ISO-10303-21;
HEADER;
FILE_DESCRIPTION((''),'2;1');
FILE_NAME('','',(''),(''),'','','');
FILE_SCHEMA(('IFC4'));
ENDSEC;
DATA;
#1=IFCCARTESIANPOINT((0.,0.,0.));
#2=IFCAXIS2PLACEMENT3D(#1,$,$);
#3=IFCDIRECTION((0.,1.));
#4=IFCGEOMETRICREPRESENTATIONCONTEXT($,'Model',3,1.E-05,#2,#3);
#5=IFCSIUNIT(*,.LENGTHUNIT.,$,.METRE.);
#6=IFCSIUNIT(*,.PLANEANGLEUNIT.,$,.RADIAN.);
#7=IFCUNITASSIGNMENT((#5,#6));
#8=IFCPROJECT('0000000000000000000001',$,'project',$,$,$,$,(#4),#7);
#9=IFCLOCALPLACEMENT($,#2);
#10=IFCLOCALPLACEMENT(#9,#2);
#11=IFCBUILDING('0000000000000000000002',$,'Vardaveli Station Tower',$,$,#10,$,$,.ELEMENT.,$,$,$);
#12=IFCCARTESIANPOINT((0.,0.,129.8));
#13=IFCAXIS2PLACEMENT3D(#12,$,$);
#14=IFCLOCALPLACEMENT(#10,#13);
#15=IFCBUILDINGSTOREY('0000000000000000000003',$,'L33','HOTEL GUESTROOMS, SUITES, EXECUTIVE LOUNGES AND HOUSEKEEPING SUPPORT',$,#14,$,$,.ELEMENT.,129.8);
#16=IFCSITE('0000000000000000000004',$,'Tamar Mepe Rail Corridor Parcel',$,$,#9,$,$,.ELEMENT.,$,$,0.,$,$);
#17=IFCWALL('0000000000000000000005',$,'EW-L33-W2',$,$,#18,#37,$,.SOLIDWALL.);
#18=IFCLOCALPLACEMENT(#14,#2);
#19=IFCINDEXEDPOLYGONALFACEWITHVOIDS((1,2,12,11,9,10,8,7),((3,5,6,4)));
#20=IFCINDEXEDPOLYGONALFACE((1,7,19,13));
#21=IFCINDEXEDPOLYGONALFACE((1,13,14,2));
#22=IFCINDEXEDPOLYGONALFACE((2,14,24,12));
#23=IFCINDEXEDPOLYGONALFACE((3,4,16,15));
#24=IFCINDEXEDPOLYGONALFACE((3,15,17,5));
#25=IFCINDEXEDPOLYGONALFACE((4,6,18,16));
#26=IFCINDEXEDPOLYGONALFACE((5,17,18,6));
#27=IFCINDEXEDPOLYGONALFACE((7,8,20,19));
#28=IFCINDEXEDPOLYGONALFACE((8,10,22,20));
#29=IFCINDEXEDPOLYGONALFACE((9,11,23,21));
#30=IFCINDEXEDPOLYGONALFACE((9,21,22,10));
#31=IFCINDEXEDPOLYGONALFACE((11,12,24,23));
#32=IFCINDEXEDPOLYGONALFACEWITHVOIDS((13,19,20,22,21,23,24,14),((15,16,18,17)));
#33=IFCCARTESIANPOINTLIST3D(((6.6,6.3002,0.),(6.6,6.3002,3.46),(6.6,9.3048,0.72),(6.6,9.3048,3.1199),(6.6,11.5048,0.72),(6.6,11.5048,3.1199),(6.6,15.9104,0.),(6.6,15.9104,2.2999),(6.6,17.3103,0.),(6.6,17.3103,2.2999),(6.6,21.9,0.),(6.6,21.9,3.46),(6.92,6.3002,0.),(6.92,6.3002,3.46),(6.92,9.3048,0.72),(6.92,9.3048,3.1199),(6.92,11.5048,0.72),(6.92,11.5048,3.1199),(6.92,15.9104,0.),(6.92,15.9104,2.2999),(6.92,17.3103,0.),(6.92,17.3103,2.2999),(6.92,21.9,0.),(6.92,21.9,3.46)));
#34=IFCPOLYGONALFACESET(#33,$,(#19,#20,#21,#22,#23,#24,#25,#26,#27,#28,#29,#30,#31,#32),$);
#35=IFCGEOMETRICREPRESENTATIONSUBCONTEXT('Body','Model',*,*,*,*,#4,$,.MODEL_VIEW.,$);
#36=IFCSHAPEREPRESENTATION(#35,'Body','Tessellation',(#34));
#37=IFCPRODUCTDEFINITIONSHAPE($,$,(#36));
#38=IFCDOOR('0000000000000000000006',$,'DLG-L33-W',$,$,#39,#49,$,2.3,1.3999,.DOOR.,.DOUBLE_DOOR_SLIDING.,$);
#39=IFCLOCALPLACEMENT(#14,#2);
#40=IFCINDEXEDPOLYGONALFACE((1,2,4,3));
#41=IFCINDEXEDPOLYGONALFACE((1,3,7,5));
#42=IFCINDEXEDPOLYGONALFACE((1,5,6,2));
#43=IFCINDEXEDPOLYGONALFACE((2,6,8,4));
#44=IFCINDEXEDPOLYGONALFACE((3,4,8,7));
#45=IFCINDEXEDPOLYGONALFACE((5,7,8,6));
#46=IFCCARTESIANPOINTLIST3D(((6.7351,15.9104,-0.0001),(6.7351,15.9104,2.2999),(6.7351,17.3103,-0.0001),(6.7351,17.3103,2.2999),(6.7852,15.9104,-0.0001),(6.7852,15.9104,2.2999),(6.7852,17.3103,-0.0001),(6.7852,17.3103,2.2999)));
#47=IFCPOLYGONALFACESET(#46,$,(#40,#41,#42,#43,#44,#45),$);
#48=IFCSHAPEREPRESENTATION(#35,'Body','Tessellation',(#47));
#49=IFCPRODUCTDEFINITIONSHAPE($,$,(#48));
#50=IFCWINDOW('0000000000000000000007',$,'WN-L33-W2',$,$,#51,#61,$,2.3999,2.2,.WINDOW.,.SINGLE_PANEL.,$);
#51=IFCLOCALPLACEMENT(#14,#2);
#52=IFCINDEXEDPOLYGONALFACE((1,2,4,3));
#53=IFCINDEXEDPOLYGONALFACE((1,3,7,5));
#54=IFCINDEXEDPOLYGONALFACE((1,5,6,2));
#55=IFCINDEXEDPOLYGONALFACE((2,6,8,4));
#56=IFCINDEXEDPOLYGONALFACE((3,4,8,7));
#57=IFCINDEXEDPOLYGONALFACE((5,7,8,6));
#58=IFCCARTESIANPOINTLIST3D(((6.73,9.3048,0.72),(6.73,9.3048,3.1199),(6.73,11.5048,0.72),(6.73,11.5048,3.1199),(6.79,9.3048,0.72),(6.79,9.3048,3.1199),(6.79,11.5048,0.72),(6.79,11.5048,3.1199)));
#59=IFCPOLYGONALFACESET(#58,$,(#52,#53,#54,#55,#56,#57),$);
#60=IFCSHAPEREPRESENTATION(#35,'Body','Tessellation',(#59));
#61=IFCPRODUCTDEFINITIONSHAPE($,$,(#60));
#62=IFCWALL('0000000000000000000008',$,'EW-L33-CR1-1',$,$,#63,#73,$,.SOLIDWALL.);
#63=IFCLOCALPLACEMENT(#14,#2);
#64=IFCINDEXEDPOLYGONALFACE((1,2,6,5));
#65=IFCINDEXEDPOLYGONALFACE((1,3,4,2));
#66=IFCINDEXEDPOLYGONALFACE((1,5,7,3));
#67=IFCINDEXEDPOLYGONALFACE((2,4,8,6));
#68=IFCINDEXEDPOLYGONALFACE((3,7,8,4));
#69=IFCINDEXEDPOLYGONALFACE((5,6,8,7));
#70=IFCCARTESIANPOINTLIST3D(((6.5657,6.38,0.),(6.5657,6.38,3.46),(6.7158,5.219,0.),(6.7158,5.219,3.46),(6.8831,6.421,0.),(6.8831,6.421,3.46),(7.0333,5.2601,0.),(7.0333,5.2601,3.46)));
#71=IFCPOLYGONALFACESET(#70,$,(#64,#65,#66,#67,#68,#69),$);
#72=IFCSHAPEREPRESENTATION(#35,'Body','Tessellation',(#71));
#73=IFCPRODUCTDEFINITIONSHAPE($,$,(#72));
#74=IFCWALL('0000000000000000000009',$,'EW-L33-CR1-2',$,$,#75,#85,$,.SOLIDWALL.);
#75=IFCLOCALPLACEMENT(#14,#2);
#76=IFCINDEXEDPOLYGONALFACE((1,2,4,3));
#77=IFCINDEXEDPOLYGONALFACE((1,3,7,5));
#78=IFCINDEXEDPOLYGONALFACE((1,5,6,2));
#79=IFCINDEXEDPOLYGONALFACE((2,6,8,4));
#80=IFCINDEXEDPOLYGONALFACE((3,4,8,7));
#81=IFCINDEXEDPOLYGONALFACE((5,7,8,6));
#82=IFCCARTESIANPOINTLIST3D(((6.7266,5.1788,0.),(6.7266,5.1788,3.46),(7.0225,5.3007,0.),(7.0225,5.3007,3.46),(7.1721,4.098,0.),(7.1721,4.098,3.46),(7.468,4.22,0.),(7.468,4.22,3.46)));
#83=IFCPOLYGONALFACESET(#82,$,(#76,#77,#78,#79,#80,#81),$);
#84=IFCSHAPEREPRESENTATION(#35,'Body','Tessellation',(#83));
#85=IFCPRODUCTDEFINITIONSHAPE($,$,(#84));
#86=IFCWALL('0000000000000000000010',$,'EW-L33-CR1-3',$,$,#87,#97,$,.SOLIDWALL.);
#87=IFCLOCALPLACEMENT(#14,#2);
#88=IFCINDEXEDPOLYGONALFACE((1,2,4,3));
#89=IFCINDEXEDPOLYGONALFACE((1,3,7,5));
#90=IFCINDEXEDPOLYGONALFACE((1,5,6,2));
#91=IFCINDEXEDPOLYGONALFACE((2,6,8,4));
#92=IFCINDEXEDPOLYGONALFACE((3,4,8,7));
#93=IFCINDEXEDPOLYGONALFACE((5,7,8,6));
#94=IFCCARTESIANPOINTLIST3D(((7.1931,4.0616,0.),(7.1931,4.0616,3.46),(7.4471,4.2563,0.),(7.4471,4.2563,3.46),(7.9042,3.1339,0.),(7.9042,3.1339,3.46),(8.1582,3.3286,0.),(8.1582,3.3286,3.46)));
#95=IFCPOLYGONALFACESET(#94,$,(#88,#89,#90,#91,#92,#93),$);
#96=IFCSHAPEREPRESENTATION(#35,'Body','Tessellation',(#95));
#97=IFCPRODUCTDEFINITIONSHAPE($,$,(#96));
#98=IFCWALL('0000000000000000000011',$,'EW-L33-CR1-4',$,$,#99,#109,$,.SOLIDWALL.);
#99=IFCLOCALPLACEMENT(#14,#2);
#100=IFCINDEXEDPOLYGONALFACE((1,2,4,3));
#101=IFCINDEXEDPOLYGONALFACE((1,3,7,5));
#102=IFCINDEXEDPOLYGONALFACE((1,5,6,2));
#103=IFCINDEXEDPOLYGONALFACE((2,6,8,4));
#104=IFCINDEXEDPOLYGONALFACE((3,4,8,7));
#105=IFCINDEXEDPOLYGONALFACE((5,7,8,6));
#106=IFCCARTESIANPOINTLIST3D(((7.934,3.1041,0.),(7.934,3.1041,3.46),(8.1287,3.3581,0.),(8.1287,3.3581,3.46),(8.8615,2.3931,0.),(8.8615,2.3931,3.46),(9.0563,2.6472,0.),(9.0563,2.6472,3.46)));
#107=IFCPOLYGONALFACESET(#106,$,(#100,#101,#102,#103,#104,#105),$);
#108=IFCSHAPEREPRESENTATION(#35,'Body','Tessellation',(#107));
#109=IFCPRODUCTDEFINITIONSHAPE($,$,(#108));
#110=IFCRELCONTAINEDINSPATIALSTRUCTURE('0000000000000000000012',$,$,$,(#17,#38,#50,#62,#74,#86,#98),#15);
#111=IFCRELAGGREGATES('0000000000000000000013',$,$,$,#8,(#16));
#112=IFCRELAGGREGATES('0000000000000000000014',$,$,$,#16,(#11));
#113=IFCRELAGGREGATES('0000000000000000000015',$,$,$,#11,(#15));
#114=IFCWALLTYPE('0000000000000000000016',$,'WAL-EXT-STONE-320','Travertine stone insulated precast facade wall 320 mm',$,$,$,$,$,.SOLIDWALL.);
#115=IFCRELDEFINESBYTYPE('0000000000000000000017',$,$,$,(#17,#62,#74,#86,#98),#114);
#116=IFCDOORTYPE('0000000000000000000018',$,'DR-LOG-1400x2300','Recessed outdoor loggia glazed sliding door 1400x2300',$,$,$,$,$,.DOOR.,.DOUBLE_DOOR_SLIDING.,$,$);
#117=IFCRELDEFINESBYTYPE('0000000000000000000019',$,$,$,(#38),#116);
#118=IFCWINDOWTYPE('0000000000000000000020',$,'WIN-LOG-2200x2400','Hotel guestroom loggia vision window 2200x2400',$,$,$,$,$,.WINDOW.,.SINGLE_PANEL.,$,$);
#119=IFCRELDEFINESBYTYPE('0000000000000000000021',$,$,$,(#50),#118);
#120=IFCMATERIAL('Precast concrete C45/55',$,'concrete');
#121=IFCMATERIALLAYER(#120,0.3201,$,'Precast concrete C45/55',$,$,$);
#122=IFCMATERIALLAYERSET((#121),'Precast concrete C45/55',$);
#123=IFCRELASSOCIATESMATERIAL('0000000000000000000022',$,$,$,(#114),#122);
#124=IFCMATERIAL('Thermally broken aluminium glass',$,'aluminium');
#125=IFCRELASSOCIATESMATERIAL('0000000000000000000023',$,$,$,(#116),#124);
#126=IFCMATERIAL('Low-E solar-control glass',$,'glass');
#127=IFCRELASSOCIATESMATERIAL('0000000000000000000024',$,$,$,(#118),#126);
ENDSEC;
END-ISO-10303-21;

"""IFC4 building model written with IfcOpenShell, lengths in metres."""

from ifc_helpers import new_model, si_unit, direction, frame, frame_2d, origin, place, context, subcontext, project, spatial, rectangle, extrude, source, transform, mapped, material, layer, layer_set, type_object, element, fill, save


model = new_model("IFC4")

# Units and contexts
model_context = context("Model", 3, precision=1e-05, world=origin(), true_north=direction((0.0, 1.0)))
body_context = subcontext(model_context, "Body", "Model", "MODEL_VIEW")
ifc_project = project(units=[si_unit("LENGTHUNIT", "METRE"), si_unit("PLANEANGLEUNIT", "RADIAN")], contexts=[model_context])

# Site, building, storey
site_placement = place(None, origin())
site = spatial("IfcSite", under=ifc_project, at=site_placement, Name="Tamar Mepe Rail Corridor Parcel", CompositionType="ELEMENT", RefElevation=0.0)
building_placement = place(site_placement, origin())
building = spatial("IfcBuilding", under=site, at=building_placement, Name="Vardaveli Station Tower", CompositionType="ELEMENT")
storey_placement = place(building_placement, frame((0.0, 0.0, 129.8)))
storey = spatial("IfcBuildingStorey", under=building, at=storey_placement, Name="L33", Description="HOTEL GUESTROOMS, SUITES, EXECUTIVE LOUNGES AND HOUSEKEEPING SUPPORT", CompositionType="ELEMENT", Elevation=129.8)

# Shared definitions
ifc_material_1 = material(Name="Precast concrete C45/55", Category="concrete")

# Wall, openings, door, window
ifc_layer_1 = layer(ifc_material_1, 0.3201, Name="Precast concrete C45/55")
ifc_layer_set_1 = layer_set([ifc_layer_1], Name="Precast concrete C45/55")
wall_type_1 = type_object("IfcWallType", Name="WAL-EXT-STONE-320", Description="Travertine stone insulated precast facade wall 320 mm", PredefinedType="SOLIDWALL", material=ifc_layer_set_1)
shared_shape_1 = source(origin(), body_context, "Body", "SweptSolid", [
    extrude(rectangle(XDim=15.5999, YDim=0.3201, at=frame_2d((7.7998, 0.0))), origin(), (0.0, 0.0, 1.0), 3.46),
])
wall_1_placement = place(storey_placement, frame((6.76, 21.8999, 0.0), z_axis=(0.0, 0.0, 1.0), x_axis=(0.0, -1.0, 0.0)))
wall_1 = element("IfcWall", 1, at=wall_1_placement, inside=storey, type_object=wall_type_1, Name="EW-L33-W2", PredefinedType="SOLIDWALL", context=body_context, shape_type="MappedRepresentation", body=[
    mapped(shared_shape_1, transform((0.0, 0.0, 0.0), scale=1.0)),
])
shared_shape_2 = source(origin(), body_context, "Body", "SweptSolid", [
    extrude(rectangle(XDim=1.3999, YDim=2.3, at=frame_2d((0.7, 1.1499))), frame((0.0, 0.1699, 0.0), z_axis=(0.0, -1.0, 0.0), x_axis=(1.0, 0.0, 0.0)), (0.0, 0.0, 1.0), 0.3401),
])
opening_1_placement = place(wall_1_placement, frame((4.5896, 0.0, 0.0)))
opening_1 = element("IfcOpeningElement", 2, at=opening_1_placement, cuts=wall_1, PredefinedType="OPENING", context=body_context, shape_type="MappedRepresentation", body=[
    mapped(shared_shape_2, transform((0.0, 0.0, 0.0), scale=1.0)),
])
shared_shape_3 = source(origin(), body_context, "Body", "SweptSolid", [
    extrude(rectangle(XDim=2.2, YDim=2.3999, at=frame_2d((1.1001, 1.2))), frame((0.0, 0.1699, 0.0), z_axis=(0.0, -1.0, 0.0), x_axis=(1.0, 0.0, 0.0)), (0.0, 0.0, 1.0), 0.3401),
])
opening_2_placement = place(wall_1_placement, frame((10.395, 0.0, 0.72)))
opening_2 = element("IfcOpeningElement", 3, at=opening_2_placement, cuts=wall_1, PredefinedType="OPENING", context=body_context, shape_type="MappedRepresentation", body=[
    mapped(shared_shape_3, transform((0.0, 0.0, 0.0), scale=1.0)),
])
ifc_material_2 = material(Name="Thermally broken aluminium glass", Category="aluminium")
door_type_1 = type_object("IfcDoorType", Name="DR-LOG-1400x2300", Description="Recessed outdoor loggia glazed sliding door 1400x2300", OperationType="DOUBLE_DOOR_SLIDING", PredefinedType="DOOR", material=ifc_material_2)
shared_shape_4 = source(origin(), body_context, "Body", "SweptSolid", [
    extrude(rectangle(XDim=1.3999, YDim=2.3, at=frame_2d((0.7, 1.1499))), frame((0.0, 0.0249, 0.0), z_axis=(0.0, -1.0, 0.0), x_axis=(1.0, 0.0, 0.0)), (0.0, 0.0, 1.0), 0.05),
])
door_1_placement = place(opening_1_placement, frame((1.3999, 0.0, 0.0), z_axis=(0.0, 0.0, 1.0), x_axis=(-1.0, 0.0, 0.0)))
door_1 = element("IfcDoor", 4, at=door_1_placement, inside=storey, type_object=door_type_1, Name="DLG-L33-W", OperationType="DOUBLE_DOOR_SLIDING", OverallHeight=2.3, OverallWidth=1.3999, PredefinedType="DOOR", context=body_context, shape_type="MappedRepresentation", body=[
    mapped(shared_shape_4, transform((0.0, 0.0, 0.0), scale=1.0)),
])
fill(opening_1, door_1)
ifc_material_3 = material(Name="Low-E solar-control glass", Category="glass")
window_type = type_object("IfcWindowType", Name="WIN-LOG-2200x2400", Description="Hotel guestroom loggia vision window 2200x2400", PartitioningType="SINGLE_PANEL", PredefinedType="WINDOW", material=ifc_material_3)
shared_shape_5 = source(origin(), body_context, "Body", "SweptSolid", [
    extrude(rectangle(XDim=2.2, YDim=2.3999, at=frame_2d((1.1001, 1.2))), frame((0.0, 0.03, 0.0), z_axis=(0.0, -1.0, 0.0), x_axis=(1.0, 0.0, 0.0)), (0.0, 0.0, 1.0), 0.0601),
])
window_placement = place(opening_2_placement, origin())
window = element("IfcWindow", 5, at=window_placement, inside=storey, type_object=window_type, Name="WN-L33-W2", OverallHeight=2.3999, OverallWidth=2.2, PartitioningType="SINGLE_PANEL", PredefinedType="WINDOW", context=body_context, shape_type="MappedRepresentation", body=[
    mapped(shared_shape_5, transform((0.0, 0.0, 0.0), scale=1.0)),
])
fill(opening_2, window)

# Walls
shared_shape_6 = source(origin(), body_context, "Body", "SweptSolid", [
    extrude(rectangle(XDim=1.1707, YDim=0.3201, at=frame_2d((0.5854, 0.0))), origin(), (0.0, 0.0, 1.0), 3.46),
])
wall_2_placement = place(storey_placement, frame((6.7244, 6.4006, 0.0), z_axis=(0.0, 0.0, 1.0), x_axis=(0.128269, -0.991739, 0.0)))
element("IfcWall", 6, at=wall_2_placement, inside=storey, type_object=wall_type_1, Name="EW-L33-CR1-1", PredefinedType="SOLIDWALL", context=body_context, shape_type="MappedRepresentation", body=[
    mapped(shared_shape_6, transform((0.0, 0.0, 0.0), scale=1.0)),
])
shared_shape_7 = source(origin(), body_context, "Body", "SweptSolid", [
    extrude(rectangle(XDim=1.1689, YDim=0.3201, at=frame_2d((0.5845, 0.0))), origin(), (0.0, 0.0, 1.0), 3.46),
])
for number, where, z_axis, x_axis, name in (
    (7, (6.8745, 5.2397, 0.0), (0.0, 0.0, 1.0), (0.381128, -0.924522, 0.0), "EW-L33-CR1-2"),
    (8, (7.3201, 4.1589, 0.0), (0.0, 0.0, 1.0), (0.608388, -0.79364, 0.0), "EW-L33-CR1-3"),
):
    element("IfcWall", number, at=place(storey_placement, frame(where, z_axis=z_axis, x_axis=x_axis)), inside=storey, type_object=wall_type_1, Name=name, PredefinedType="SOLIDWALL", context=body_context, shape_type="MappedRepresentation", body=[
        mapped(shared_shape_7, transform((0.0, 0.0, 0.0), scale=1.0)),
    ])
shared_shape_8 = source(origin(), body_context, "Body", "SweptSolid", [
    extrude(rectangle(XDim=1.1687, YDim=0.3201, at=frame_2d((0.5845, 0.0))), origin(), (0.0, 0.0, 1.0), 3.46),
])
wall_3_placement = place(storey_placement, frame((8.0312, 3.2312, 0.0), z_axis=(0.0, 0.0, 1.0), x_axis=(0.793664, -0.608357, 0.0)))
element("IfcWall", 9, at=wall_3_placement, inside=storey, type_object=wall_type_1, Name="EW-L33-CR1-4", PredefinedType="SOLIDWALL", context=body_context, shape_type="MappedRepresentation", body=[
    mapped(shared_shape_8, transform((0.0, 0.0, 0.0), scale=1.0)),
])

save(model, "model.ifc")
